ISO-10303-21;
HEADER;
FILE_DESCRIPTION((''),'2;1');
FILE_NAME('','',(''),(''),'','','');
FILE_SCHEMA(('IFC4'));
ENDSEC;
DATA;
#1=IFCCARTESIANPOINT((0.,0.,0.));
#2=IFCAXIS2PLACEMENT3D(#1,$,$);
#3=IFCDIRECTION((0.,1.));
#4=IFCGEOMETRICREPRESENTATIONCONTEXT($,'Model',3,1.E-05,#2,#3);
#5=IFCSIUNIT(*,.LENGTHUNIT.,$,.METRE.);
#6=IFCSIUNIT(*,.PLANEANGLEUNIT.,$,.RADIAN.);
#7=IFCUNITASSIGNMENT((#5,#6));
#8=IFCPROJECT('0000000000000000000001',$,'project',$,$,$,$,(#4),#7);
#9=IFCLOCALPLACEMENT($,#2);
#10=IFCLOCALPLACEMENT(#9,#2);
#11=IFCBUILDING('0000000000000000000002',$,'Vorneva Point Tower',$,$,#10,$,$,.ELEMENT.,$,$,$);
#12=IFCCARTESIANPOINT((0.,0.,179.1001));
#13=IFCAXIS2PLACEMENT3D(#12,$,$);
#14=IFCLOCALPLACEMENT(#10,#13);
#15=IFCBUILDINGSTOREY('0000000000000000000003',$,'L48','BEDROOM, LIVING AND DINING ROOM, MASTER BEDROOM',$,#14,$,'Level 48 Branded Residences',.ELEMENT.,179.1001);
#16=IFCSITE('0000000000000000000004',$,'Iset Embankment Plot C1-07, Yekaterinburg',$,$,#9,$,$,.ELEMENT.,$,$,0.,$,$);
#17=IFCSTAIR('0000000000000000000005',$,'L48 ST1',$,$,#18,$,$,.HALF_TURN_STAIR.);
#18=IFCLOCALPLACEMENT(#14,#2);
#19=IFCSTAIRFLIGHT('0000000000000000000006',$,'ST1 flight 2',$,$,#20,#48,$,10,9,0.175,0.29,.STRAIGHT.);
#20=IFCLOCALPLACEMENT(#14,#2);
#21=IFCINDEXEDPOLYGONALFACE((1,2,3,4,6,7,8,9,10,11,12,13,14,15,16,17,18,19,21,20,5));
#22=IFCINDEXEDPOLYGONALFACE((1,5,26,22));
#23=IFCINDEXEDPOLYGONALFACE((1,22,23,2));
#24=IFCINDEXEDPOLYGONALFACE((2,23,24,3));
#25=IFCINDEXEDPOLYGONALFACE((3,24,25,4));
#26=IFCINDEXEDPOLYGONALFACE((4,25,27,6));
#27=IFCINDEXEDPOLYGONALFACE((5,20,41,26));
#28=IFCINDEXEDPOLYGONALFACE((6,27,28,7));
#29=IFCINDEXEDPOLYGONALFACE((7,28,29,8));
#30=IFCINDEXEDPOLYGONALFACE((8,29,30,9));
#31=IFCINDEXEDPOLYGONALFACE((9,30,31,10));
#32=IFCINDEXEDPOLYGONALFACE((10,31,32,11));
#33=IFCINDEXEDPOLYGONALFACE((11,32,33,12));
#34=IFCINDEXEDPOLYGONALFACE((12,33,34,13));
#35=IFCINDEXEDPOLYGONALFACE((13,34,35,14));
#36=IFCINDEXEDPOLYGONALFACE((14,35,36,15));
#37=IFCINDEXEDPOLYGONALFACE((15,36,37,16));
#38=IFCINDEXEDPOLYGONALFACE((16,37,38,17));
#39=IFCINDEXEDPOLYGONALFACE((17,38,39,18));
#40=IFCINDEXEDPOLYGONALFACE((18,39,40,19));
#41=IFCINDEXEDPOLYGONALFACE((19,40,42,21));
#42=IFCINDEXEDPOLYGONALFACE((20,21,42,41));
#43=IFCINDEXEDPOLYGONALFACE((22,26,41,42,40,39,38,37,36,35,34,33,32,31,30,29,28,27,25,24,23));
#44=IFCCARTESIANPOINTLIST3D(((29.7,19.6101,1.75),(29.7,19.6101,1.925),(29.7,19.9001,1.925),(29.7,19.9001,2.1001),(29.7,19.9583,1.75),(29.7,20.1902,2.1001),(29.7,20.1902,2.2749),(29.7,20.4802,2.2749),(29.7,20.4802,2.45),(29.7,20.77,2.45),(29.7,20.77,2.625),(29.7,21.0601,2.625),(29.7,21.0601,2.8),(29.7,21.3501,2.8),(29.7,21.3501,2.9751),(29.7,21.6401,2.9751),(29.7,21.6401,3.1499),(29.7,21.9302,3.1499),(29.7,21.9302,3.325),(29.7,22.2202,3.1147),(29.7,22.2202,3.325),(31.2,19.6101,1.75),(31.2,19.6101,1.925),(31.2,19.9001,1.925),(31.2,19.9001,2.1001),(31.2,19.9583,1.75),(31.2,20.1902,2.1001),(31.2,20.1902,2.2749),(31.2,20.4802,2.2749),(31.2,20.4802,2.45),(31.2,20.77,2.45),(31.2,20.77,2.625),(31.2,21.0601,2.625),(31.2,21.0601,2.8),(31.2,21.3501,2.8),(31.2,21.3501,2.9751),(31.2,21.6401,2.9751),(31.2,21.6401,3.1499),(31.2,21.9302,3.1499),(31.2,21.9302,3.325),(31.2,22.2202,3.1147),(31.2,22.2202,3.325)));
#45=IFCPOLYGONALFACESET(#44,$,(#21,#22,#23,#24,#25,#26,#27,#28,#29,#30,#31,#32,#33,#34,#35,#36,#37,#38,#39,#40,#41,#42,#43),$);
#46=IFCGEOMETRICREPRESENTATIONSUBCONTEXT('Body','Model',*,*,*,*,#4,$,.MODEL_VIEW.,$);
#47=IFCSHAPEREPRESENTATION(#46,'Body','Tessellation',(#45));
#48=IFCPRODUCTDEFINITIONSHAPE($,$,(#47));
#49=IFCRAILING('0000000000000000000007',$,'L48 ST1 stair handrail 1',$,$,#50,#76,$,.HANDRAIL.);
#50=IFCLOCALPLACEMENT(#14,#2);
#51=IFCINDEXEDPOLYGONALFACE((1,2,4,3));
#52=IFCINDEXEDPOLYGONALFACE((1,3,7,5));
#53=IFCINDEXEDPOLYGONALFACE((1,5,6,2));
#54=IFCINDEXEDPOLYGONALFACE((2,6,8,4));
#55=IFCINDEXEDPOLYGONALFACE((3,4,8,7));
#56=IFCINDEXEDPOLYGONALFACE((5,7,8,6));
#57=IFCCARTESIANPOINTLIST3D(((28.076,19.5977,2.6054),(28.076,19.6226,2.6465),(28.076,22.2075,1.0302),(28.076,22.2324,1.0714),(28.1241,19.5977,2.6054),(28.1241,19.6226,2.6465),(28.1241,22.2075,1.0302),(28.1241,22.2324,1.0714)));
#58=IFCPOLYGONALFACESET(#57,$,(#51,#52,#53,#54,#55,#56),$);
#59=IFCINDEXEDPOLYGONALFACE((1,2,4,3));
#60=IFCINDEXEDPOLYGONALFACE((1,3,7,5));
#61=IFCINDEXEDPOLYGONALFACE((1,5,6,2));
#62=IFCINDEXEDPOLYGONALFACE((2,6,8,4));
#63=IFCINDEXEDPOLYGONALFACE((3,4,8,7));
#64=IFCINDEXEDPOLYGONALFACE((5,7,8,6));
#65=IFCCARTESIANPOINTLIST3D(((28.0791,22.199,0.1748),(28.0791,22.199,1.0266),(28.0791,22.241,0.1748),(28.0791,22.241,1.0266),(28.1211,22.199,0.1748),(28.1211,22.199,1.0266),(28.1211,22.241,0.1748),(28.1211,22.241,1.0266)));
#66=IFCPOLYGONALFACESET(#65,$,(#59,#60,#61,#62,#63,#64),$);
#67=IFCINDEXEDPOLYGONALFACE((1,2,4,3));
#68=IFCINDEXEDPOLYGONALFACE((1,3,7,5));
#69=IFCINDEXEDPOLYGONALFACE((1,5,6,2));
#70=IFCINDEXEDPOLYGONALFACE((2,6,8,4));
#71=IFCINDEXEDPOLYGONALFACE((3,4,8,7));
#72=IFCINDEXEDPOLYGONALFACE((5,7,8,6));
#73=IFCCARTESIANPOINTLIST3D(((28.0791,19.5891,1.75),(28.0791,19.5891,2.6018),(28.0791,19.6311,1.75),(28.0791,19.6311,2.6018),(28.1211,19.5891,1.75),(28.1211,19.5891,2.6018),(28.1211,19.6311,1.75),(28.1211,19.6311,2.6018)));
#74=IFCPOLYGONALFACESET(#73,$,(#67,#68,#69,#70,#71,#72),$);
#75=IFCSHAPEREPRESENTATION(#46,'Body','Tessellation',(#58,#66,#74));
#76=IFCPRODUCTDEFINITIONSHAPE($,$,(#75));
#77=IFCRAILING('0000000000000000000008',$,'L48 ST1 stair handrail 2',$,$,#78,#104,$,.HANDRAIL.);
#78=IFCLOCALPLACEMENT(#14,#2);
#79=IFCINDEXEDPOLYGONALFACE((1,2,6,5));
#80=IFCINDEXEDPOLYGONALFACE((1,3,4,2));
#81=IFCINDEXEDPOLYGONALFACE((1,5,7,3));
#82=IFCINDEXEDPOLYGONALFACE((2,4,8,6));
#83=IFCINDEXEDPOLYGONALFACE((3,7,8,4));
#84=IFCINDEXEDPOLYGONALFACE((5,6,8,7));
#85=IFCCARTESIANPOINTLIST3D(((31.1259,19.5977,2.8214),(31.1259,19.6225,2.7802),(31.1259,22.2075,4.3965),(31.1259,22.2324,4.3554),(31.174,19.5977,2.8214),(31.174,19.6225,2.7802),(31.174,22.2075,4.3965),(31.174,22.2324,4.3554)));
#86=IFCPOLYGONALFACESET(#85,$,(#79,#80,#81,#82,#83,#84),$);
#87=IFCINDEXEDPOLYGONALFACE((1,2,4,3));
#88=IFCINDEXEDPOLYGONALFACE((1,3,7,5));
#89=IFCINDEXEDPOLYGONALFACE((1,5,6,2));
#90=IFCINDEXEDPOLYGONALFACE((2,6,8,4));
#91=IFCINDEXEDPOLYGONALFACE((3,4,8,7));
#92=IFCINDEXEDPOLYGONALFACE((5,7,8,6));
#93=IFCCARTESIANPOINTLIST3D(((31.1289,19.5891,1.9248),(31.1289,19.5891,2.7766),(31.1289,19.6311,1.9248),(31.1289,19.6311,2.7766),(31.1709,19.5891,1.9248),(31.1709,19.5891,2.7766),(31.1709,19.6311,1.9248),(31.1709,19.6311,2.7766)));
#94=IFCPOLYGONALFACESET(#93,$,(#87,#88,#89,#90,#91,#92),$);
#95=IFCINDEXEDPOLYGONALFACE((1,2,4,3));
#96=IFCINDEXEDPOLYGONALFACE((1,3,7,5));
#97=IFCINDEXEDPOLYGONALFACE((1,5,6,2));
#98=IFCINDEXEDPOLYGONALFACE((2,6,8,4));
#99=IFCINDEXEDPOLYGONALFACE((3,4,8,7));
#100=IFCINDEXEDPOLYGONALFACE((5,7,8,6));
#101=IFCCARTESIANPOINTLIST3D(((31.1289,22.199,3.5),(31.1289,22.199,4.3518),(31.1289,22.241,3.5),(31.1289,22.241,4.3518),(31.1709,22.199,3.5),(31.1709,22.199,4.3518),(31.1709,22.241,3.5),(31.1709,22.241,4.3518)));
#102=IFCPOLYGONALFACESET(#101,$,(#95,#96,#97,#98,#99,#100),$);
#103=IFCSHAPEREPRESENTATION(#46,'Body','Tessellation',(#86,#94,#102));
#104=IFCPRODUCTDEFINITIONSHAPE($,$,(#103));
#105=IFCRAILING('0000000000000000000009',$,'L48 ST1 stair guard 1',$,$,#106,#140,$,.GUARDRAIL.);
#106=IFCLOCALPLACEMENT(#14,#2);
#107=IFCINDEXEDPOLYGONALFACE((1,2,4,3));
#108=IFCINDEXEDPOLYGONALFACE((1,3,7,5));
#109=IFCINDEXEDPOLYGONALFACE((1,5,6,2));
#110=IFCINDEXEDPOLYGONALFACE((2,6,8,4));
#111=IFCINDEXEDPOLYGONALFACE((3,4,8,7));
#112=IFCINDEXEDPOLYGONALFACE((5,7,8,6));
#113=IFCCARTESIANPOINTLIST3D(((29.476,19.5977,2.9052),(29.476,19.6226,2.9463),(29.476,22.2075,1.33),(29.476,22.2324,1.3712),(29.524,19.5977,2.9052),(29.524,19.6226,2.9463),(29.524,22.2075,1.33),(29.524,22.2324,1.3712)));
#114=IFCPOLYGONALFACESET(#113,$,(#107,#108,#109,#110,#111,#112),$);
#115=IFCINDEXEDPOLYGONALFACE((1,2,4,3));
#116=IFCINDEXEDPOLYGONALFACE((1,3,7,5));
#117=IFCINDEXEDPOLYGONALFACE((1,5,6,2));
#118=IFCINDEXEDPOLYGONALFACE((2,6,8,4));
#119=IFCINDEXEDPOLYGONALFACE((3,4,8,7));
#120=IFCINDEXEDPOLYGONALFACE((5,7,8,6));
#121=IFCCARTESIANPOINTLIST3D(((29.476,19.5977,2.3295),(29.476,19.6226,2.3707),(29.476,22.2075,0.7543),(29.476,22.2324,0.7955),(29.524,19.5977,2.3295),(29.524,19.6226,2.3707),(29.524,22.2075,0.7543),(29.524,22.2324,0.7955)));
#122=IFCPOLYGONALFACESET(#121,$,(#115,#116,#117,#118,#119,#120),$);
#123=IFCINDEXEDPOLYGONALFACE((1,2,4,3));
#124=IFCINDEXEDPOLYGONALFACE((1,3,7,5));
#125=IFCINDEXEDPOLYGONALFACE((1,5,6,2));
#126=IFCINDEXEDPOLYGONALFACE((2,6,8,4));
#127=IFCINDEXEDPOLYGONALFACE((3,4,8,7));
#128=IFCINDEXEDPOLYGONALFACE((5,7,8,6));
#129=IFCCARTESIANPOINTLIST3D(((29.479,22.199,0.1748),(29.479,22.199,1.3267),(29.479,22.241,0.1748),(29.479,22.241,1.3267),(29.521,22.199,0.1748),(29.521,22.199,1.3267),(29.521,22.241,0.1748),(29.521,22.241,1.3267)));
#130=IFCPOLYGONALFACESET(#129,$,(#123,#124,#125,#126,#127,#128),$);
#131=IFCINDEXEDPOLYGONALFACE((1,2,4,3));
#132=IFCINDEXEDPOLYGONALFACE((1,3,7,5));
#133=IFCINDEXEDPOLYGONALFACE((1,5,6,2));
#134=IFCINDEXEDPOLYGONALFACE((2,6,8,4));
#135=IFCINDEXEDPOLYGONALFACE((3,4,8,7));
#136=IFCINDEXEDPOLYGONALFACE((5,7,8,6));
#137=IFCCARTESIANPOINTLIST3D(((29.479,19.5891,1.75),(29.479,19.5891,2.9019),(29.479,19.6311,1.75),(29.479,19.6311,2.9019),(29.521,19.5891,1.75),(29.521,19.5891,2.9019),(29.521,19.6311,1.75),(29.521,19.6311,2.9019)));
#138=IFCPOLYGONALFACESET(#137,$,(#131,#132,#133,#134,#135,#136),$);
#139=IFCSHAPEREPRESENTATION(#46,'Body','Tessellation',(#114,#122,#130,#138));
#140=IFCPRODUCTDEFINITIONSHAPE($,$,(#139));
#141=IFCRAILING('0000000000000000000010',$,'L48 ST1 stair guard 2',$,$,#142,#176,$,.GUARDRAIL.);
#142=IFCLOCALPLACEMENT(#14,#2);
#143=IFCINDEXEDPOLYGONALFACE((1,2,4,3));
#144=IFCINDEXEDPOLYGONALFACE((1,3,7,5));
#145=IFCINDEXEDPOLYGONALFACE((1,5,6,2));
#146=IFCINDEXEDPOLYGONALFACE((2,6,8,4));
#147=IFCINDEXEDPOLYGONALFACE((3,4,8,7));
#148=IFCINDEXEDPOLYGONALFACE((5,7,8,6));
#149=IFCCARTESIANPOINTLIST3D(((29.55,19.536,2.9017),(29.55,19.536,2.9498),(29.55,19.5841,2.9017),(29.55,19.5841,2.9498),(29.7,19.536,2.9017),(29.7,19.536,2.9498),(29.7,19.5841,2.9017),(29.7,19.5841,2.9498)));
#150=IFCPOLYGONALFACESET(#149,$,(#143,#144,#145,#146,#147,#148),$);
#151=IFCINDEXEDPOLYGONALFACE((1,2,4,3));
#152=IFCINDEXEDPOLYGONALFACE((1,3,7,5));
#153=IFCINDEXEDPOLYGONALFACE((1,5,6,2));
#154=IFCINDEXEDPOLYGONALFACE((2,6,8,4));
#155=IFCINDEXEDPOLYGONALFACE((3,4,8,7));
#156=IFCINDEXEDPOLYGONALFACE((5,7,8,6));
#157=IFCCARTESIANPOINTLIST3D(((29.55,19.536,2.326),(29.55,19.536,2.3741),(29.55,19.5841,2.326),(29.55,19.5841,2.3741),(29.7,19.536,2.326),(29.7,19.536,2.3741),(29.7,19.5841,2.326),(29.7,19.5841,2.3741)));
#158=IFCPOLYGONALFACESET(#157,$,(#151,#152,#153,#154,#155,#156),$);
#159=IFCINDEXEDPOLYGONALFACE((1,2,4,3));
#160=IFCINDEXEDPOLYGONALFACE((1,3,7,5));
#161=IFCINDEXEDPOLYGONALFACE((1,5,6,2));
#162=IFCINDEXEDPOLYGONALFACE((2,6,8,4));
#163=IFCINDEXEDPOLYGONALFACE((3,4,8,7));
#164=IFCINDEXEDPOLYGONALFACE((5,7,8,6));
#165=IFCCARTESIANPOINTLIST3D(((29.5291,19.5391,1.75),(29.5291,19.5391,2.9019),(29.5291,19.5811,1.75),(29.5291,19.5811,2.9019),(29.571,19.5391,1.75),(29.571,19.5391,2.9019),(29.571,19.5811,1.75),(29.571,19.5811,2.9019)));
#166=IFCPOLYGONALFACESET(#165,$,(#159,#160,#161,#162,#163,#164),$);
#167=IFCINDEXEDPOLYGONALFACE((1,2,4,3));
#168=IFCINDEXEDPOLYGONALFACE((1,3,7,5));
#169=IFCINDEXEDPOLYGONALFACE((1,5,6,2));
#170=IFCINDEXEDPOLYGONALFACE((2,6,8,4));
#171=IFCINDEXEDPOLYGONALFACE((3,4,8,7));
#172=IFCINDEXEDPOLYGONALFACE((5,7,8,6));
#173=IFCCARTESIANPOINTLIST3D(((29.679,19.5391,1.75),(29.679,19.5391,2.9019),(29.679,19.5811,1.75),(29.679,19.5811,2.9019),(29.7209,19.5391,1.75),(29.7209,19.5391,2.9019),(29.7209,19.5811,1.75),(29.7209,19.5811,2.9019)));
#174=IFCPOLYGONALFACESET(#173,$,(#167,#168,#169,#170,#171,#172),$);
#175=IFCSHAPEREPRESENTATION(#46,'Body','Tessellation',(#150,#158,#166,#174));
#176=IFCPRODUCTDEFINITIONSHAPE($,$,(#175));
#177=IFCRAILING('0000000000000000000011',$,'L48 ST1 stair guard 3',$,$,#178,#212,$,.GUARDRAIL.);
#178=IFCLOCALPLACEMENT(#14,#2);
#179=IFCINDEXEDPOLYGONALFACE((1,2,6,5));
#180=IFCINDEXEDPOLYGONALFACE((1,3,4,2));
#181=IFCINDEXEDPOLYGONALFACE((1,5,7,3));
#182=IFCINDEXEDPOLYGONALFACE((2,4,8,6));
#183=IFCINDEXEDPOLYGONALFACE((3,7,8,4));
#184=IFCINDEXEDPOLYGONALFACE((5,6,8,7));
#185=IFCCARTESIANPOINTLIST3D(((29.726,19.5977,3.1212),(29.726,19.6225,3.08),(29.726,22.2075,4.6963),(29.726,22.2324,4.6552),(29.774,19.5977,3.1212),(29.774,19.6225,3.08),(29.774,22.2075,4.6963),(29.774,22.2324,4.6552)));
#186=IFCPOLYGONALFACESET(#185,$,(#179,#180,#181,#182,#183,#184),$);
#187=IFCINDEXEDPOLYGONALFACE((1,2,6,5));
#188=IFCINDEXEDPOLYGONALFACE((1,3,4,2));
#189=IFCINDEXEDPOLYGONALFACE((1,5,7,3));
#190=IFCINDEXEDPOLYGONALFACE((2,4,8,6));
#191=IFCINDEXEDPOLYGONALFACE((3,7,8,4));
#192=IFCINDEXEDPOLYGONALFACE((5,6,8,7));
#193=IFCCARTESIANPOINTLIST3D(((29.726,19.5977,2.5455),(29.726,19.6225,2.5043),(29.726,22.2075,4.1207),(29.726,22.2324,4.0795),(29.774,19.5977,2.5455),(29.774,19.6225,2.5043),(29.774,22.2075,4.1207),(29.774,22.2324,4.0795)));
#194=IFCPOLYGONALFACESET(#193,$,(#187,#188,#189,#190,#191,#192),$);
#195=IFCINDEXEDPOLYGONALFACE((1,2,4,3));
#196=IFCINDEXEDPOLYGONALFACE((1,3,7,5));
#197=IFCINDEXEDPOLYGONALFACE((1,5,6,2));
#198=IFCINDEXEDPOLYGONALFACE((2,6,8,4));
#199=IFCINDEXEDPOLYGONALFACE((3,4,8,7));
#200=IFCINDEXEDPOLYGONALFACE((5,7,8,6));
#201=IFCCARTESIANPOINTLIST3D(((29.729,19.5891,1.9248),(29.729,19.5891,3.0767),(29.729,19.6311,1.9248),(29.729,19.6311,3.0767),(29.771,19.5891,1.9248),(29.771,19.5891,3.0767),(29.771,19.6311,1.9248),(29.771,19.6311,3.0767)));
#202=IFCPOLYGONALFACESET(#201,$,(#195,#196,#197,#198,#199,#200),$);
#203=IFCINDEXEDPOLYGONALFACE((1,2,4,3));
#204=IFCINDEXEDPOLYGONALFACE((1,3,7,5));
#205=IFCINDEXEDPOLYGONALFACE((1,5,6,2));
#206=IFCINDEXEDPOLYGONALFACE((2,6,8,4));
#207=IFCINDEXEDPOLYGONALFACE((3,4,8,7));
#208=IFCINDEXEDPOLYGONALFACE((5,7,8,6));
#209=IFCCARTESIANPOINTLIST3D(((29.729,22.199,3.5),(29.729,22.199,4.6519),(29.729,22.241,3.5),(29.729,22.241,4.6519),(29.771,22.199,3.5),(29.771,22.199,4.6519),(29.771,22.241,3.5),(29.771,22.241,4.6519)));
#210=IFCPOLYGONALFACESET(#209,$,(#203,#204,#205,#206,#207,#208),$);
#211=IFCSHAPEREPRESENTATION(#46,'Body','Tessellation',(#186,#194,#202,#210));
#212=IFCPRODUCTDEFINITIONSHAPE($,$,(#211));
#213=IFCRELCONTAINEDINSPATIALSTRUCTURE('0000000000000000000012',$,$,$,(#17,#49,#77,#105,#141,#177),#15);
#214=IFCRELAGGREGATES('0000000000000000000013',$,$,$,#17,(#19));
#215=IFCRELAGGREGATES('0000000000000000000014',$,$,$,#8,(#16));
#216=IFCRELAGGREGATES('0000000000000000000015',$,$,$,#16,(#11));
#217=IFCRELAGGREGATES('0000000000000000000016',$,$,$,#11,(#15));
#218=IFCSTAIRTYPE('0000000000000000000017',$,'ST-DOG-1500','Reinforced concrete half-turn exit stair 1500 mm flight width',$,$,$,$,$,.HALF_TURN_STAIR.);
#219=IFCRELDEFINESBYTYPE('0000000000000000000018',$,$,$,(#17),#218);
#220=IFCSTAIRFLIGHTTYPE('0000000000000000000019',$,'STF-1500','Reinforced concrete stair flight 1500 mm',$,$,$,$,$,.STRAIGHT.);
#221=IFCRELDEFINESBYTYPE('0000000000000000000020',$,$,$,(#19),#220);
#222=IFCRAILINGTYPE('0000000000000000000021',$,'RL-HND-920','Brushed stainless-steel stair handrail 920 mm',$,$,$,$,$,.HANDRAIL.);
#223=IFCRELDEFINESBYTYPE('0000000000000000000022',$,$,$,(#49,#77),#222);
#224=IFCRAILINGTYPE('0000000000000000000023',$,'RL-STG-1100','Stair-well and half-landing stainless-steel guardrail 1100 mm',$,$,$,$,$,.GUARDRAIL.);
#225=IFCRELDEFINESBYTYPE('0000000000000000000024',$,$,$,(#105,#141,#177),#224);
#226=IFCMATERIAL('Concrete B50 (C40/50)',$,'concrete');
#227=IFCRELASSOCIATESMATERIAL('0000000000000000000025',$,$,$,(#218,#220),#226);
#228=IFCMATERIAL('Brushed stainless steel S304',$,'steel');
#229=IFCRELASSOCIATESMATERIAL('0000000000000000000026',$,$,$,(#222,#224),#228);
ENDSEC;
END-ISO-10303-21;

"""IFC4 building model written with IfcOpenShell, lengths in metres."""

from ifc_helpers import new_model, si_unit, direction, frame, origin, origin_2d, place, context, subcontext, project, spatial, polyline, rectangle, outline, extrude, material, type_object, element, aggregate, save


model = new_model("IFC4")

# Units and contexts
model_context = context("Model", 3, precision=1e-05, world=origin(), true_north=direction((0.0, 1.0)))
body_context = subcontext(model_context, "Body", "Model", "MODEL_VIEW")
ifc_project = project(units=[si_unit("LENGTHUNIT", "METRE"), si_unit("PLANEANGLEUNIT", "RADIAN")], contexts=[model_context])

# Site, building, storey
site_placement = place(None, origin())
site = spatial("IfcSite", under=ifc_project, at=site_placement, Name="Iset Embankment Plot C1-07, Yekaterinburg", CompositionType="ELEMENT", RefElevation=0.0)
building_placement = place(site_placement, origin())
building = spatial("IfcBuilding", under=site, at=building_placement, Name="Vorneva Point Tower", CompositionType="ELEMENT")
storey_placement = place(building_placement, frame((0.0, 0.0, 179.1001)))
storey = spatial("IfcBuildingStorey", under=building, at=storey_placement, Name="L48", Description="BEDROOM, LIVING AND DINING ROOM, MASTER BEDROOM", LongName="Level 48 Branded Residences", CompositionType="ELEMENT", Elevation=179.1001)

# Shared definitions
ifc_material_1 = material(Name="Concrete B50 (C40/50)", Category="concrete")

# Shared definitions
ifc_material_2 = material(Name="Brushed stainless steel S304", Category="steel")

# Stair, stair flight
stair_type = type_object("IfcStairType", Name="ST-DOG-1500", Description="Reinforced concrete half-turn exit stair 1500 mm flight width", PredefinedType="HALF_TURN_STAIR", material=ifc_material_1)
stair_placement = place(storey_placement, origin())
stair = element("IfcStair", 1, at=stair_placement, inside=storey, type_object=stair_type, Name="L48 ST1", PredefinedType="HALF_TURN_STAIR")
stair_flight_type = type_object("IfcStairFlightType", Name="STF-1500", Description="Reinforced concrete stair flight 1500 mm", PredefinedType="STRAIGHT", material=ifc_material_1)
stair_flight_1_placement = place(storey_placement, frame((30.45, 19.6101, 1.75), z_axis=(0.0, 0.0, 1.0), x_axis=(0.0, 1.0, 0.0)))
stair_flight_1 = element("IfcStairFlight", 2, at=stair_flight_1_placement, type_object=stair_flight_type, Name="ST1 flight 2", NumberOfRisers=10, NumberOfTreads=9, PredefinedType="STRAIGHT", RiserHeight=0.175, TreadLength=0.29, context=body_context, shape_type="SweptSolid", body=[
    extrude(outline(polyline([(0.0, 0.0), (0.0, 0.175), (0.29, 0.175), (0.29, 0.3501), (0.5801, 0.3501), (0.5801, 0.5249), (0.8701, 0.5249), (0.8701, 0.7), (1.1599, 0.7), (1.1599, 0.875), (1.45, 0.875), (1.45, 1.05), (1.74, 1.05), (1.74, 1.2251), (2.03, 1.2251), (2.03, 1.3999), (2.3201, 1.3999), (2.3201, 1.575), (2.6101, 1.575), (2.6101, 1.75), (2.6101, 1.3647), (0.3481, 0.0), (0.0, 0.0)])), frame((0.0, 0.75, 0.0), z_axis=(0.0, -1.0, 0.0), x_axis=(1.0, 0.0, 0.0)), (0.0, 0.0, 1.0), 1.5),
])
aggregate(stair, [stair_flight_1])

# Railings
railing_type_1 = type_object("IfcRailingType", Name="RL-HND-920", Description="Brushed stainless-steel stair handrail 920 mm", PredefinedType="HANDRAIL", material=ifc_material_2)
railing_1_placement = place(storey_placement, frame((28.1001, 22.22, 0.1748)))
element("IfcRailing", 3, at=railing_1_placement, inside=storey, type_object=railing_type_1, Name="L48 ST1 stair handrail 1", PredefinedType="HANDRAIL", context=body_context, shape_type="SweptSolid", body=[
    extrude(rectangle(XDim=0.0481, YDim=0.0481, at=origin_2d()), frame((0.0, 0.0, 0.876), z_axis=(0.0, -0.856147, 0.516732), x_axis=(1.0, 0.0, 0.0)), (0.0, 0.0, 1.0), 3.0483),
    extrude(rectangle(XDim=0.042, YDim=0.042, at=origin_2d()), origin(), (0.0, 0.0, 1.0), 0.8518),
    extrude(rectangle(XDim=0.042, YDim=0.042, at=origin_2d()), frame((0.0, -2.6099, 1.5752)), (0.0, 0.0, 1.0), 0.8518),
])
railing_2_placement = place(storey_placement, frame((31.1499, 19.6101, 1.9248)))
element("IfcRailing", 4, at=railing_2_placement, inside=storey, type_object=railing_type_1, Name="L48 ST1 stair handrail 2", PredefinedType="HANDRAIL", context=body_context, shape_type="SweptSolid", body=[
    extrude(rectangle(XDim=0.0481, YDim=0.0481, at=origin_2d()), frame((0.0, 0.0, 0.876), z_axis=(0.0, 0.856147, 0.516732), x_axis=(-1.0, 0.0, 0.0)), (0.0, 0.0, 1.0), 3.0483),
    extrude(rectangle(XDim=0.042, YDim=0.042, at=origin_2d()), origin(), (0.0, 0.0, 1.0), 0.8518),
    extrude(rectangle(XDim=0.042, YDim=0.042, at=origin_2d()), frame((0.0, 2.6099, 1.5752)), (0.0, 0.0, 1.0), 0.8518),
])
railing_type_2 = type_object("IfcRailingType", Name="RL-STG-1100", Description="Stair-well and half-landing stainless-steel guardrail 1100 mm", PredefinedType="GUARDRAIL", material=ifc_material_2)
railing_3_placement = place(storey_placement, frame((29.5, 22.22, 0.1748)))
element("IfcRailing", 5, at=railing_3_placement, inside=storey, type_object=railing_type_2, Name="L48 ST1 stair guard 1", PredefinedType="GUARDRAIL", context=body_context, shape_type="SweptSolid", body=[
    extrude(rectangle(XDim=0.0481, YDim=0.0481, at=origin_2d()), frame((0.0, 0.0, 1.1758), z_axis=(0.0, -0.856147, 0.516732), x_axis=(1.0, 0.0, 0.0)), (0.0, 0.0, 1.0), 3.0483),
    extrude(rectangle(XDim=0.0481, YDim=0.0481, at=origin_2d()), frame((0.0, 0.0, 0.6001), z_axis=(0.0, -0.856147, 0.516732), x_axis=(1.0, 0.0, 0.0)), (0.0, 0.0, 1.0), 3.0483),
    extrude(rectangle(XDim=0.042, YDim=0.042, at=origin_2d()), origin(), (0.0, 0.0, 1.0), 1.1519),
    extrude(rectangle(XDim=0.042, YDim=0.042, at=origin_2d()), frame((0.0, -2.6099, 1.5752)), (0.0, 0.0, 1.0), 1.1519),
])
railing_4_placement = place(storey_placement, frame((29.55, 19.5601, 1.75)))
element("IfcRailing", 6, at=railing_4_placement, inside=storey, type_object=railing_type_2, Name="L48 ST1 stair guard 2", PredefinedType="GUARDRAIL", context=body_context, shape_type="SweptSolid", body=[
    extrude(rectangle(XDim=0.0481, YDim=0.0481, at=origin_2d()), frame((0.0, 0.0, 1.1758), z_axis=(1.0, 0.0, 0.0), x_axis=(0.0, 1.0, 0.0)), (0.0, 0.0, 1.0), 0.1499),
    extrude(rectangle(XDim=0.0481, YDim=0.0481, at=origin_2d()), frame((0.0, 0.0, 0.6001), z_axis=(1.0, 0.0, 0.0), x_axis=(0.0, 1.0, 0.0)), (0.0, 0.0, 1.0), 0.1499),
    extrude(rectangle(XDim=0.042, YDim=0.042, at=origin_2d()), origin(), (0.0, 0.0, 1.0), 1.1519),
    extrude(rectangle(XDim=0.042, YDim=0.042, at=origin_2d()), frame((0.1499, 0.0, 0.0)), (0.0, 0.0, 1.0), 1.1519),
])
railing_5_placement = place(storey_placement, frame((29.75, 19.6101, 1.9248)))
element("IfcRailing", 7, at=railing_5_placement, inside=storey, type_object=railing_type_2, Name="L48 ST1 stair guard 3", PredefinedType="GUARDRAIL", context=body_context, shape_type="SweptSolid", body=[
    extrude(rectangle(XDim=0.0481, YDim=0.0481, at=origin_2d()), frame((0.0, 0.0, 1.1758), z_axis=(0.0, 0.856147, 0.516732), x_axis=(-1.0, 0.0, 0.0)), (0.0, 0.0, 1.0), 3.0483),
    extrude(rectangle(XDim=0.0481, YDim=0.0481, at=origin_2d()), frame((0.0, 0.0, 0.6001), z_axis=(0.0, 0.856147, 0.516732), x_axis=(-1.0, 0.0, 0.0)), (0.0, 0.0, 1.0), 3.0483),
    extrude(rectangle(XDim=0.042, YDim=0.042, at=origin_2d()), origin(), (0.0, 0.0, 1.0), 1.1519),
    extrude(rectangle(XDim=0.042, YDim=0.042, at=origin_2d()), frame((0.0, 2.6099, 1.5752)), (0.0, 0.0, 1.0), 1.1519),
])

save(model, "model.ifc")
